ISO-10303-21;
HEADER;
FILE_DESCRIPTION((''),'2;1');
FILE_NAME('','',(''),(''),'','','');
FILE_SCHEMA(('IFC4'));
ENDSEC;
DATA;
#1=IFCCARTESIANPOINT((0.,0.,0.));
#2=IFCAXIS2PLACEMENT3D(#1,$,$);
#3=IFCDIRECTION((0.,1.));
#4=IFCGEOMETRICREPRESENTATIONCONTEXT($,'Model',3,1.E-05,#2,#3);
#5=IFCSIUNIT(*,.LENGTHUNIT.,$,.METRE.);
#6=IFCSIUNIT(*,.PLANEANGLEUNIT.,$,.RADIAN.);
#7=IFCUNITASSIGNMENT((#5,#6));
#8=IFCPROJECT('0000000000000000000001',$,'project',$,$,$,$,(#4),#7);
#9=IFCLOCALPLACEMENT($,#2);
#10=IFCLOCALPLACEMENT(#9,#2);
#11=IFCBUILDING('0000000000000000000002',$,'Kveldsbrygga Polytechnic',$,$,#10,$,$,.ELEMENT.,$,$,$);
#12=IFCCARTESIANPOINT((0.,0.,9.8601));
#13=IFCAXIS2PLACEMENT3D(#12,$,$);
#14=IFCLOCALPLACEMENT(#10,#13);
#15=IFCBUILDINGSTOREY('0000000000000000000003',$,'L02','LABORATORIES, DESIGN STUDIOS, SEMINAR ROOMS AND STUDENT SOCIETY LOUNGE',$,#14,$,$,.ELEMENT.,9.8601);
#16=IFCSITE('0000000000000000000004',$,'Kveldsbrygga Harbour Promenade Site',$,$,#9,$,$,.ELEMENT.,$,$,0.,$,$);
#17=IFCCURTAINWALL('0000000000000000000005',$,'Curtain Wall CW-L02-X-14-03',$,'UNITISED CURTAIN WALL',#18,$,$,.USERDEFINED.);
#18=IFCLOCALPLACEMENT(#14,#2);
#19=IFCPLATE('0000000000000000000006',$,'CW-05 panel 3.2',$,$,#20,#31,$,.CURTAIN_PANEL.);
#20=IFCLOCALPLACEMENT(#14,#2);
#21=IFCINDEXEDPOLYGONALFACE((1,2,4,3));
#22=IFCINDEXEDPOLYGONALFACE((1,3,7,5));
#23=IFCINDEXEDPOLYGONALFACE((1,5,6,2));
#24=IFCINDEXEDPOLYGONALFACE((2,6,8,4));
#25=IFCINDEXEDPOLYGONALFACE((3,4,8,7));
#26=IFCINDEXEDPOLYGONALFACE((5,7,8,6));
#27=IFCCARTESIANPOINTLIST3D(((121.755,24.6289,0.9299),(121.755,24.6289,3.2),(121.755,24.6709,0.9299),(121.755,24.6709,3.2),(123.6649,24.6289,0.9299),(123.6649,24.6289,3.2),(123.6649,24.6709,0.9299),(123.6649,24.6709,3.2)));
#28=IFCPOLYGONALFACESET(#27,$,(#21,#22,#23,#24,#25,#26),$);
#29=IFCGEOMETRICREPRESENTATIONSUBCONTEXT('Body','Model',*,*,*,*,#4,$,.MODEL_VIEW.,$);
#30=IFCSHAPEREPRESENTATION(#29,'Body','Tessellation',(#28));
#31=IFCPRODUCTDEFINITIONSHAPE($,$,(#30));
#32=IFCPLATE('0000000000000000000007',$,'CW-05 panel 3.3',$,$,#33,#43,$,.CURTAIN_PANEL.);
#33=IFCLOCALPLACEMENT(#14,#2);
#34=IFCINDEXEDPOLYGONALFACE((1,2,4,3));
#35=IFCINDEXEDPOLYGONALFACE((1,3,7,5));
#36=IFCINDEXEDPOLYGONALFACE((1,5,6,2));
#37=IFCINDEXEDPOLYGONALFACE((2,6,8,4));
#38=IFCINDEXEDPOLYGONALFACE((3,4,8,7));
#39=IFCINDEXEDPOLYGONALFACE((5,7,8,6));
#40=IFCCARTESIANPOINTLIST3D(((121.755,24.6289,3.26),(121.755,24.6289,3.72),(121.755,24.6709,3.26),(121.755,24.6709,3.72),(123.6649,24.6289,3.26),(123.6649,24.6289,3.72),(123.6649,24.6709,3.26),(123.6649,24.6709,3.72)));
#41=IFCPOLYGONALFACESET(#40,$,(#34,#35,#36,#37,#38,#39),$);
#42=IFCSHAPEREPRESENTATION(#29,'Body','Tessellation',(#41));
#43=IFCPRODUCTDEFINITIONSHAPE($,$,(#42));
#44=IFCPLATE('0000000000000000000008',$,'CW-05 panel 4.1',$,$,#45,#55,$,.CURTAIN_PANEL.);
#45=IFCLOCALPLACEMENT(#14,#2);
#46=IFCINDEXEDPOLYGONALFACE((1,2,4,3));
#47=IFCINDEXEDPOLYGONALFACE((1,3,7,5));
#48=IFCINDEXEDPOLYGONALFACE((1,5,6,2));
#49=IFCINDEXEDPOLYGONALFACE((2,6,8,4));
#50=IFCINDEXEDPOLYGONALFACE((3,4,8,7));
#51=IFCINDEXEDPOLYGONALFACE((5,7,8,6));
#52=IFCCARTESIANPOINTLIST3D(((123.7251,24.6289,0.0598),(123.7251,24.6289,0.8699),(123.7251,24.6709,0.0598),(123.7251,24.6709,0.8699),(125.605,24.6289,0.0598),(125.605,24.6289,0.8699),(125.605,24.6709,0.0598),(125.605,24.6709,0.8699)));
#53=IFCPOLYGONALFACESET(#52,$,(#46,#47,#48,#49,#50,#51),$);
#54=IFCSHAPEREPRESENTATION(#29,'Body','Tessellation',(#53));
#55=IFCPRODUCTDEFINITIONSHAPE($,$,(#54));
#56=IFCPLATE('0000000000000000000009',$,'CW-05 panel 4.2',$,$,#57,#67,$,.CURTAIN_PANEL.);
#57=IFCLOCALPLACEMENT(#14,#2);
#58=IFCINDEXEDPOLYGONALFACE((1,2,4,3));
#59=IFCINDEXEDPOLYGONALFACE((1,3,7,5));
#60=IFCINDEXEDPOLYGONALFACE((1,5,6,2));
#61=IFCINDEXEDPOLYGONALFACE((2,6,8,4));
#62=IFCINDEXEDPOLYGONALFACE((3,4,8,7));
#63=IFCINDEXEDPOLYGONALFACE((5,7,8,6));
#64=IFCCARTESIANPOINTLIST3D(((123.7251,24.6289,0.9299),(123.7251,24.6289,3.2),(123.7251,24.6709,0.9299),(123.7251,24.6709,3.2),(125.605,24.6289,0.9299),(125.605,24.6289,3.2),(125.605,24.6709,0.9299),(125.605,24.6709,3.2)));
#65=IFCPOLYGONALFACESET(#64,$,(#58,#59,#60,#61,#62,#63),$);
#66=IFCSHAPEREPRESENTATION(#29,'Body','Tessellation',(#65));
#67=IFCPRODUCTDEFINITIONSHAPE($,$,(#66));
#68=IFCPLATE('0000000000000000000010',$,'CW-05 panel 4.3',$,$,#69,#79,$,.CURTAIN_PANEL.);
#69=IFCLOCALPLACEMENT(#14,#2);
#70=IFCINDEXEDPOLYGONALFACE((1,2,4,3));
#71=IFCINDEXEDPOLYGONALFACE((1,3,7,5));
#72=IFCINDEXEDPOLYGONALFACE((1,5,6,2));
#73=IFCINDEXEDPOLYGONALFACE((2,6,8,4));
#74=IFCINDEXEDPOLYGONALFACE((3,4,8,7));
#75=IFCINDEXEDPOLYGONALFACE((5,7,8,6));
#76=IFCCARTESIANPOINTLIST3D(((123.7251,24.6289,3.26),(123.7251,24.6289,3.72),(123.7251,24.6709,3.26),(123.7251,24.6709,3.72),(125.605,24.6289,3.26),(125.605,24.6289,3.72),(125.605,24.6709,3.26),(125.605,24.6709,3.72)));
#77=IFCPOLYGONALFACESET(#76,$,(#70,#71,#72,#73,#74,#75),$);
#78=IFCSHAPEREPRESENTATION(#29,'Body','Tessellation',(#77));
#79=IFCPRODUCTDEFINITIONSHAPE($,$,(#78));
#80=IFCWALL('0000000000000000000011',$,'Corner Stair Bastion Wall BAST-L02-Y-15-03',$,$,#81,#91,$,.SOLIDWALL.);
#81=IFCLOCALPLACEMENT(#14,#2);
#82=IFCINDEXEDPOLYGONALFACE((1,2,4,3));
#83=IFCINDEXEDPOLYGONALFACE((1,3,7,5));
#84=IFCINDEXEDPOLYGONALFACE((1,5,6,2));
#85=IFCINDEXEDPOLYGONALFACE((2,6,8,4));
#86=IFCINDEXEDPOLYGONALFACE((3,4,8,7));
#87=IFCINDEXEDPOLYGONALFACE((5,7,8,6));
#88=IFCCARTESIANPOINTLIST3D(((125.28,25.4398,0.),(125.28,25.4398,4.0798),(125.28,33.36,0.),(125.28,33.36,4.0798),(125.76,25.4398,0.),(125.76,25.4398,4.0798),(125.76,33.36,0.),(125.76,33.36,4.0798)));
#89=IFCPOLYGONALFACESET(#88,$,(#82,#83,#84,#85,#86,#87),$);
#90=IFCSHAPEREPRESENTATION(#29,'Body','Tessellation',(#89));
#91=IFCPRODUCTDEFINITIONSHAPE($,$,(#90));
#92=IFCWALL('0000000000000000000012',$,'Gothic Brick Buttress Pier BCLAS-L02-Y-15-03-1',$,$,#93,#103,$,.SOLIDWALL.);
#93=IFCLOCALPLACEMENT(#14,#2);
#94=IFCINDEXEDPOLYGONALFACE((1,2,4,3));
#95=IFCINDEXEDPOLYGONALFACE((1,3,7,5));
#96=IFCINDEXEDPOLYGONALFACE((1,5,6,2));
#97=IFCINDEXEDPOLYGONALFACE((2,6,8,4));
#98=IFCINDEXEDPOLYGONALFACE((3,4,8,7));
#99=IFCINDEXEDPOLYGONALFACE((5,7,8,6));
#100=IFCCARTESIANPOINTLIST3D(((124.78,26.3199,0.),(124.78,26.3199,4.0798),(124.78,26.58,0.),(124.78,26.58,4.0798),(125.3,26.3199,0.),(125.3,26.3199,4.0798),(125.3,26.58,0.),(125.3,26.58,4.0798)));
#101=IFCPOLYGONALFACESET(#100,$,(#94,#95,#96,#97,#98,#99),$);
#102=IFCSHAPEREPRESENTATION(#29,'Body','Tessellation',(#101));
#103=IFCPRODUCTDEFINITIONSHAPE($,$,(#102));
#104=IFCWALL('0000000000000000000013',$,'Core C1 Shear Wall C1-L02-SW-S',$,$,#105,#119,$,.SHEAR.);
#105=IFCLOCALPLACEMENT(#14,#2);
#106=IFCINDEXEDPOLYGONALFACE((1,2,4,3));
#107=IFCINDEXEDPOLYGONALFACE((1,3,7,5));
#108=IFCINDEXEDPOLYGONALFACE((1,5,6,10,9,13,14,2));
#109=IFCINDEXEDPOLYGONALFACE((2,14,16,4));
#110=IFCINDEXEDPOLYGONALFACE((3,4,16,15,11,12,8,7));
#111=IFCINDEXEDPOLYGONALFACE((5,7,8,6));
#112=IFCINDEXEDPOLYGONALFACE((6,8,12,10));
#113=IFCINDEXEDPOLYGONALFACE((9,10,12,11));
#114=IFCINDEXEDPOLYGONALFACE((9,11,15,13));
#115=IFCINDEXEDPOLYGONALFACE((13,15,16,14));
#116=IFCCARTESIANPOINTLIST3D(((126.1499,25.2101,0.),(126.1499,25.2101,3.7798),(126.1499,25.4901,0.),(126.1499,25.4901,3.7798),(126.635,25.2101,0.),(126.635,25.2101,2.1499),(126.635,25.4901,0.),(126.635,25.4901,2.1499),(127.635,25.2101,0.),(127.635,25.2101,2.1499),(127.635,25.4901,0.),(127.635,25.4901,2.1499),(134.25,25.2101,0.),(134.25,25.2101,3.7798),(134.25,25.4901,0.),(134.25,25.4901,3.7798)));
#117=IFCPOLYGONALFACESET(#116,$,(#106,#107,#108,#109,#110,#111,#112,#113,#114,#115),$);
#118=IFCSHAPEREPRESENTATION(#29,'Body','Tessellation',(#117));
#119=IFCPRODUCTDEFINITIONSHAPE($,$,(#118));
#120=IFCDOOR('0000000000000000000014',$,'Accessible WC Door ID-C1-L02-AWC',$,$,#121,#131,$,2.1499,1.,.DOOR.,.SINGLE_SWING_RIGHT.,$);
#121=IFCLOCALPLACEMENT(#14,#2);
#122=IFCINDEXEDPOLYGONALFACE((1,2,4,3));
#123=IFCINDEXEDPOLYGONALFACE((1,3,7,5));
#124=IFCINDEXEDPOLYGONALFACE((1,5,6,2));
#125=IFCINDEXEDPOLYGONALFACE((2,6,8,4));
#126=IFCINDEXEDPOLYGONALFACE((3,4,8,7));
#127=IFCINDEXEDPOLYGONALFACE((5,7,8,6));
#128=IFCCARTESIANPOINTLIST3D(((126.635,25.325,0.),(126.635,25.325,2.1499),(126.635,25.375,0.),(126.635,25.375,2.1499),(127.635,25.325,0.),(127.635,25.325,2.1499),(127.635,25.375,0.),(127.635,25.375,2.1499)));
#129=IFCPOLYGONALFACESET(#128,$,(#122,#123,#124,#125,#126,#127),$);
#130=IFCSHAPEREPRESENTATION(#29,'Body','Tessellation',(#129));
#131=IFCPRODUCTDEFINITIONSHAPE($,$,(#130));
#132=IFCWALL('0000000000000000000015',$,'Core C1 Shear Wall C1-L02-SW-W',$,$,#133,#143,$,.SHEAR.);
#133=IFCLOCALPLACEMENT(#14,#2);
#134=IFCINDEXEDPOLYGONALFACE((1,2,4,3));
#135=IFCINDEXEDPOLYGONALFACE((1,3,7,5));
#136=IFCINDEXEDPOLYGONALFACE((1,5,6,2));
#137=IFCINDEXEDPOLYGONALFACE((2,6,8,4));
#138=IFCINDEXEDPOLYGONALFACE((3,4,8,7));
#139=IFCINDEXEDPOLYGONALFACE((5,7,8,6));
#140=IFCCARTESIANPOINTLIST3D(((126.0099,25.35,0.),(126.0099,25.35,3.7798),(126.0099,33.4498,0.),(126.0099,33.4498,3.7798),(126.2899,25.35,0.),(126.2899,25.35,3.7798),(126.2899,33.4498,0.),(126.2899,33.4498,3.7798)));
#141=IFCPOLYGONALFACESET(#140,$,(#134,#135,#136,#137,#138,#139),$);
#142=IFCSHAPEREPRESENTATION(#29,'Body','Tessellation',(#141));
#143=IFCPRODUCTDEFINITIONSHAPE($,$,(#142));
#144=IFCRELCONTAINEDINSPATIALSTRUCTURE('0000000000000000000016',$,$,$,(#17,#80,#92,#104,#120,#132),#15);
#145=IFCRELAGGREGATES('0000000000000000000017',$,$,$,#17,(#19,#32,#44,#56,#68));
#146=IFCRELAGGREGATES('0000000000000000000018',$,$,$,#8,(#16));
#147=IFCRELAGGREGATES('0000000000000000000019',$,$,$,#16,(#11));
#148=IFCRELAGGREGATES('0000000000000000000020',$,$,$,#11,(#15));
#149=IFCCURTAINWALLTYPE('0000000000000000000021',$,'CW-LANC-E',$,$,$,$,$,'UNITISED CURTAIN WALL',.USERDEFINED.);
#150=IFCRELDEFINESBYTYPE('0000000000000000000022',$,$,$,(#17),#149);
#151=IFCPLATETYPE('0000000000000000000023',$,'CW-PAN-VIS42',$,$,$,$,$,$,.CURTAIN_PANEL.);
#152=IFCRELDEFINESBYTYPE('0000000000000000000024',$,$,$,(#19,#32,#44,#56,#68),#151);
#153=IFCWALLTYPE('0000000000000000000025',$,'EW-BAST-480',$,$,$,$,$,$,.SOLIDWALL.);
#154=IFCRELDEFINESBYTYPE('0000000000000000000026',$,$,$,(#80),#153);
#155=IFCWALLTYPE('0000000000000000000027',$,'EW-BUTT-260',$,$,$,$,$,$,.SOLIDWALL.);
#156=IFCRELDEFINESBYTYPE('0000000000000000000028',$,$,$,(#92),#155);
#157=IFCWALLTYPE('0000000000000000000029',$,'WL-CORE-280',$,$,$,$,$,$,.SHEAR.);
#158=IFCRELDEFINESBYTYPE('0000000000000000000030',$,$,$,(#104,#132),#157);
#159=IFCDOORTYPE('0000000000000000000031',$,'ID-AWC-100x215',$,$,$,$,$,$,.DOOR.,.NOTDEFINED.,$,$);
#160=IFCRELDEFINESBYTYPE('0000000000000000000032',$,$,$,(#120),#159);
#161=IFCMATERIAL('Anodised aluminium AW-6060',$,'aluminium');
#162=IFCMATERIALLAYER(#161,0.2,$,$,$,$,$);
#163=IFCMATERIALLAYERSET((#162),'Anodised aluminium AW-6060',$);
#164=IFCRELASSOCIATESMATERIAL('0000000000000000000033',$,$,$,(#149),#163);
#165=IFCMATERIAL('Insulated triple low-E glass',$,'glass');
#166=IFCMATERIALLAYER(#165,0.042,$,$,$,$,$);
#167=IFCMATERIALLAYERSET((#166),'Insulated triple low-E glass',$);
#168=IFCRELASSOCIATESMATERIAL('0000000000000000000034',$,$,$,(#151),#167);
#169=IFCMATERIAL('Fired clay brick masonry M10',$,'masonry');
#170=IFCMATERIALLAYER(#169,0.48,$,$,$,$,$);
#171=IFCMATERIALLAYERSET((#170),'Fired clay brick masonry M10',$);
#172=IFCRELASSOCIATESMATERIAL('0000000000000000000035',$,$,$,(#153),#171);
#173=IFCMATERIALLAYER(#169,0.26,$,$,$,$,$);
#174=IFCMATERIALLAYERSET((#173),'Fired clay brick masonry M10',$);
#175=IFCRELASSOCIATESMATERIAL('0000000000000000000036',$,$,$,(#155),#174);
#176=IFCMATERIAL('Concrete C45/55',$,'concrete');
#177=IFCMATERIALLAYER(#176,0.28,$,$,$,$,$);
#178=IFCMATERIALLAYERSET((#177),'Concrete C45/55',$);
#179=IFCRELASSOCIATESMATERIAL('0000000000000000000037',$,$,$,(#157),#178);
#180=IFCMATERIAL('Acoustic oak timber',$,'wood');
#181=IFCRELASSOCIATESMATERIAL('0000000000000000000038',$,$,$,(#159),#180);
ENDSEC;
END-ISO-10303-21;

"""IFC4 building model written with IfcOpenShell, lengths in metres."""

from ifc_helpers import new_model, si_unit, direction, frame, frame_2d, origin, origin_2d, place, context, subcontext, project, spatial, rectangle, extrude, material, layer, layer_set, type_object, element, fill, aggregate, save


model = new_model("IFC4")

# Units and contexts
model_context = context("Model", 3, precision=1e-05, world=origin(), true_north=direction((0.0, 1.0)))
body_context = subcontext(model_context, "Body", "Model", "MODEL_VIEW")
ifc_project = project(units=[si_unit("LENGTHUNIT", "METRE"), si_unit("PLANEANGLEUNIT", "RADIAN")], contexts=[model_context])

# Site, building, storey
site_placement = place(None, origin())
site = spatial("IfcSite", under=ifc_project, at=site_placement, Name="Kveldsbrygga Harbour Promenade Site", CompositionType="ELEMENT", RefElevation=0.0)
building_placement = place(site_placement, origin())
building = spatial("IfcBuilding", under=site, at=building_placement, Name="Kveldsbrygga Polytechnic", CompositionType="ELEMENT")
storey_placement = place(building_placement, frame((0.0, 0.0, 9.8601)))
storey = spatial("IfcBuildingStorey", under=building, at=storey_placement, Name="L02", Description="LABORATORIES, DESIGN STUDIOS, SEMINAR ROOMS AND STUDENT SOCIETY LOUNGE", CompositionType="ELEMENT", Elevation=9.8601)

# Shared definitions
ifc_material_1 = material(Name="Concrete C45/55", Category="concrete")

# Curtain wall, plates
ifc_material_2 = material(Name="Anodised aluminium AW-6060", Category="aluminium")
ifc_layer_1 = layer(ifc_material_2, 0.2)
ifc_layer_set_1 = layer_set([ifc_layer_1], Name="Anodised aluminium AW-6060")
curtain_wall_type = type_object("IfcCurtainWallType", Name="CW-LANC-E", ElementType="UNITISED CURTAIN WALL", PredefinedType="USERDEFINED", material=ifc_layer_set_1)
curtain_wall_placement = place(storey_placement, origin())
curtain_wall = element("IfcCurtainWall", 1, at=curtain_wall_placement, inside=storey, type_object=curtain_wall_type, Name="Curtain Wall CW-L02-X-14-03", ObjectType="UNITISED CURTAIN WALL", PredefinedType="USERDEFINED")
ifc_material_3 = material(Name="Insulated triple low-E glass", Category="glass")
ifc_layer_2 = layer(ifc_material_3, 0.042)
ifc_layer_set_2 = layer_set([ifc_layer_2], Name="Insulated triple low-E glass")
plate_type = type_object("IfcPlateType", Name="CW-PAN-VIS42", PredefinedType="CURTAIN_PANEL", material=ifc_layer_set_2)
plate_1_placement = place(storey_placement, frame((122.71, 24.6499, 0.9299), z_axis=(0.0, 0.0, 1.0), x_axis=(1.0, 0.0, 0.0)))
plate_1 = element("IfcPlate", 2, at=plate_1_placement, type_object=plate_type, Name="CW-05 panel 3.2", PredefinedType="CURTAIN_PANEL", context=body_context, shape_type="SweptSolid", body=[
    extrude(rectangle(XDim=1.9099, YDim=0.042, at=origin_2d()), origin(), (0.0, 0.0, 1.0), 2.27),
])
plate_2_placement = place(storey_placement, frame((122.71, 24.6499, 3.26), z_axis=(0.0, 0.0, 1.0), x_axis=(1.0, 0.0, 0.0)))
plate_2 = element("IfcPlate", 3, at=plate_2_placement, type_object=plate_type, Name="CW-05 panel 3.3", PredefinedType="CURTAIN_PANEL", context=body_context, shape_type="SweptSolid", body=[
    extrude(rectangle(XDim=1.9099, YDim=0.042, at=origin_2d()), origin(), (0.0, 0.0, 1.0), 0.46),
])
plate_3_placement = place(storey_placement, frame((124.665, 24.6499, 0.0598), z_axis=(0.0, 0.0, 1.0), x_axis=(1.0, 0.0, 0.0)))
plate_3 = element("IfcPlate", 4, at=plate_3_placement, type_object=plate_type, Name="CW-05 panel 4.1", PredefinedType="CURTAIN_PANEL", context=body_context, shape_type="SweptSolid", body=[
    extrude(rectangle(XDim=1.8799, YDim=0.042, at=origin_2d()), origin(), (0.0, 0.0, 1.0), 0.8101),
])
plate_4_placement = place(storey_placement, frame((124.665, 24.6499, 0.9299), z_axis=(0.0, 0.0, 1.0), x_axis=(1.0, 0.0, 0.0)))
plate_4 = element("IfcPlate", 5, at=plate_4_placement, type_object=plate_type, Name="CW-05 panel 4.2", PredefinedType="CURTAIN_PANEL", context=body_context, shape_type="SweptSolid", body=[
    extrude(rectangle(XDim=1.8799, YDim=0.042, at=origin_2d()), origin(), (0.0, 0.0, 1.0), 2.27),
])
plate_5_placement = place(storey_placement, frame((124.665, 24.6499, 3.26), z_axis=(0.0, 0.0, 1.0), x_axis=(1.0, 0.0, 0.0)))
plate_5 = element("IfcPlate", 6, at=plate_5_placement, type_object=plate_type, Name="CW-05 panel 4.3", PredefinedType="CURTAIN_PANEL", context=body_context, shape_type="SweptSolid", body=[
    extrude(rectangle(XDim=1.8799, YDim=0.042, at=origin_2d()), origin(), (0.0, 0.0, 1.0), 0.46),
])
aggregate(curtain_wall, [plate_1, plate_2, plate_3, plate_4, plate_5])

# Walls
ifc_material_4 = material(Name="Fired clay brick masonry M10", Category="masonry")
ifc_layer_3 = layer(ifc_material_4, 0.48)
ifc_layer_set_3 = layer_set([ifc_layer_3], Name="Fired clay brick masonry M10")
wall_type_1 = type_object("IfcWallType", Name="EW-BAST-480", PredefinedType="SOLIDWALL", material=ifc_layer_set_3)
wall_1_placement = place(storey_placement, frame((125.52, 25.4399, 0.0), z_axis=(0.0, 0.0, 1.0), x_axis=(0.0, 1.0, 0.0)))
element("IfcWall", 7, at=wall_1_placement, inside=storey, type_object=wall_type_1, Name="Corner Stair Bastion Wall BAST-L02-Y-15-03", PredefinedType="SOLIDWALL", context=body_context, shape_type="SweptSolid", body=[
    extrude(rectangle(XDim=7.9202, YDim=0.48, at=frame_2d((3.96, 0.0))), origin(), (0.0, 0.0, 1.0), 4.0798),
])
ifc_layer_4 = layer(ifc_material_4, 0.26)
ifc_layer_set_4 = layer_set([ifc_layer_4], Name="Fired clay brick masonry M10")
wall_type_2 = type_object("IfcWallType", Name="EW-BUTT-260", PredefinedType="SOLIDWALL", material=ifc_layer_set_4)
wall_2_placement = place(storey_placement, frame((125.3, 26.45, 0.0), z_axis=(0.0, 0.0, 1.0), x_axis=(-1.0, 0.0, 0.0)))
element("IfcWall", 8, at=wall_2_placement, inside=storey, type_object=wall_type_2, Name="Gothic Brick Buttress Pier BCLAS-L02-Y-15-03-1", PredefinedType="SOLIDWALL", context=body_context, shape_type="SweptSolid", body=[
    extrude(rectangle(XDim=0.52, YDim=0.26, at=frame_2d((0.26, 0.0))), origin(), (0.0, 0.0, 1.0), 4.0798),
])

# Wall, opening, door
ifc_layer_5 = layer(ifc_material_1, 0.28)
ifc_layer_set_5 = layer_set([ifc_layer_5], Name="Concrete C45/55")
wall_type_3 = type_object("IfcWallType", Name="WL-CORE-280", PredefinedType="SHEAR", material=ifc_layer_set_5)
wall_3_placement = place(storey_placement, frame((126.1499, 25.3501, 0.0), z_axis=(0.0, 0.0, 1.0), x_axis=(1.0, 0.0, 0.0)))
wall_3 = element("IfcWall", 9, at=wall_3_placement, inside=storey, type_object=wall_type_3, Name="Core C1 Shear Wall C1-L02-SW-S", PredefinedType="SHEAR", context=body_context, shape_type="SweptSolid", body=[
    extrude(rectangle(XDim=8.1001, YDim=0.28, at=frame_2d((4.05, 0.0))), origin(), (0.0, 0.0, 1.0), 3.7798),
])
opening_placement = place(wall_3_placement, frame((0.4851, 0.0, 0.0)))
opening = element("IfcOpeningElement", 10, at=opening_placement, cuts=wall_3, PredefinedType="OPENING", context=body_context, shape_type="SweptSolid", body=[
    extrude(rectangle(XDim=1.0, YDim=2.1499, at=frame_2d((0.5, 1.075))), frame((0.0, 0.1499, 0.0), z_axis=(0.0, -1.0, 0.0), x_axis=(1.0, 0.0, 0.0)), (0.0, 0.0, 1.0), 0.3),
])
ifc_material_5 = material(Name="Acoustic oak timber", Category="wood")
door_type = type_object("IfcDoorType", Name="ID-AWC-100x215", OperationType="NOTDEFINED", PredefinedType="DOOR", material=ifc_material_5)
door_placement = place(opening_placement, origin())
door = element("IfcDoor", 11, at=door_placement, inside=storey, type_object=door_type, Name="Accessible WC Door ID-C1-L02-AWC", OperationType="SINGLE_SWING_RIGHT", OverallHeight=2.1499, OverallWidth=1.0, PredefinedType="DOOR", context=body_context, shape_type="SweptSolid", body=[
    extrude(rectangle(XDim=1.0, YDim=2.1499, at=frame_2d((0.5, 1.075))), frame((0.0, 0.0249, 0.0), z_axis=(0.0, -1.0, 0.0), x_axis=(1.0, 0.0, 0.0)), (0.0, 0.0, 1.0), 0.05),
])
fill(opening, door)

# Wall
wall_4_placement = place(storey_placement, frame((126.1499, 25.3501, 0.0), z_axis=(0.0, 0.0, 1.0), x_axis=(0.0, 1.0, 0.0)))
element("IfcWall", 12, at=wall_4_placement, inside=storey, type_object=wall_type_3, Name="Core C1 Shear Wall C1-L02-SW-W", PredefinedType="SHEAR", context=body_context, shape_type="SweptSolid", body=[
    extrude(rectangle(XDim=8.0999, YDim=0.28, at=frame_2d((4.0498, 0.0))), origin(), (0.0, 0.0, 1.0), 3.7798),
])

save(model, "model.ifc")
